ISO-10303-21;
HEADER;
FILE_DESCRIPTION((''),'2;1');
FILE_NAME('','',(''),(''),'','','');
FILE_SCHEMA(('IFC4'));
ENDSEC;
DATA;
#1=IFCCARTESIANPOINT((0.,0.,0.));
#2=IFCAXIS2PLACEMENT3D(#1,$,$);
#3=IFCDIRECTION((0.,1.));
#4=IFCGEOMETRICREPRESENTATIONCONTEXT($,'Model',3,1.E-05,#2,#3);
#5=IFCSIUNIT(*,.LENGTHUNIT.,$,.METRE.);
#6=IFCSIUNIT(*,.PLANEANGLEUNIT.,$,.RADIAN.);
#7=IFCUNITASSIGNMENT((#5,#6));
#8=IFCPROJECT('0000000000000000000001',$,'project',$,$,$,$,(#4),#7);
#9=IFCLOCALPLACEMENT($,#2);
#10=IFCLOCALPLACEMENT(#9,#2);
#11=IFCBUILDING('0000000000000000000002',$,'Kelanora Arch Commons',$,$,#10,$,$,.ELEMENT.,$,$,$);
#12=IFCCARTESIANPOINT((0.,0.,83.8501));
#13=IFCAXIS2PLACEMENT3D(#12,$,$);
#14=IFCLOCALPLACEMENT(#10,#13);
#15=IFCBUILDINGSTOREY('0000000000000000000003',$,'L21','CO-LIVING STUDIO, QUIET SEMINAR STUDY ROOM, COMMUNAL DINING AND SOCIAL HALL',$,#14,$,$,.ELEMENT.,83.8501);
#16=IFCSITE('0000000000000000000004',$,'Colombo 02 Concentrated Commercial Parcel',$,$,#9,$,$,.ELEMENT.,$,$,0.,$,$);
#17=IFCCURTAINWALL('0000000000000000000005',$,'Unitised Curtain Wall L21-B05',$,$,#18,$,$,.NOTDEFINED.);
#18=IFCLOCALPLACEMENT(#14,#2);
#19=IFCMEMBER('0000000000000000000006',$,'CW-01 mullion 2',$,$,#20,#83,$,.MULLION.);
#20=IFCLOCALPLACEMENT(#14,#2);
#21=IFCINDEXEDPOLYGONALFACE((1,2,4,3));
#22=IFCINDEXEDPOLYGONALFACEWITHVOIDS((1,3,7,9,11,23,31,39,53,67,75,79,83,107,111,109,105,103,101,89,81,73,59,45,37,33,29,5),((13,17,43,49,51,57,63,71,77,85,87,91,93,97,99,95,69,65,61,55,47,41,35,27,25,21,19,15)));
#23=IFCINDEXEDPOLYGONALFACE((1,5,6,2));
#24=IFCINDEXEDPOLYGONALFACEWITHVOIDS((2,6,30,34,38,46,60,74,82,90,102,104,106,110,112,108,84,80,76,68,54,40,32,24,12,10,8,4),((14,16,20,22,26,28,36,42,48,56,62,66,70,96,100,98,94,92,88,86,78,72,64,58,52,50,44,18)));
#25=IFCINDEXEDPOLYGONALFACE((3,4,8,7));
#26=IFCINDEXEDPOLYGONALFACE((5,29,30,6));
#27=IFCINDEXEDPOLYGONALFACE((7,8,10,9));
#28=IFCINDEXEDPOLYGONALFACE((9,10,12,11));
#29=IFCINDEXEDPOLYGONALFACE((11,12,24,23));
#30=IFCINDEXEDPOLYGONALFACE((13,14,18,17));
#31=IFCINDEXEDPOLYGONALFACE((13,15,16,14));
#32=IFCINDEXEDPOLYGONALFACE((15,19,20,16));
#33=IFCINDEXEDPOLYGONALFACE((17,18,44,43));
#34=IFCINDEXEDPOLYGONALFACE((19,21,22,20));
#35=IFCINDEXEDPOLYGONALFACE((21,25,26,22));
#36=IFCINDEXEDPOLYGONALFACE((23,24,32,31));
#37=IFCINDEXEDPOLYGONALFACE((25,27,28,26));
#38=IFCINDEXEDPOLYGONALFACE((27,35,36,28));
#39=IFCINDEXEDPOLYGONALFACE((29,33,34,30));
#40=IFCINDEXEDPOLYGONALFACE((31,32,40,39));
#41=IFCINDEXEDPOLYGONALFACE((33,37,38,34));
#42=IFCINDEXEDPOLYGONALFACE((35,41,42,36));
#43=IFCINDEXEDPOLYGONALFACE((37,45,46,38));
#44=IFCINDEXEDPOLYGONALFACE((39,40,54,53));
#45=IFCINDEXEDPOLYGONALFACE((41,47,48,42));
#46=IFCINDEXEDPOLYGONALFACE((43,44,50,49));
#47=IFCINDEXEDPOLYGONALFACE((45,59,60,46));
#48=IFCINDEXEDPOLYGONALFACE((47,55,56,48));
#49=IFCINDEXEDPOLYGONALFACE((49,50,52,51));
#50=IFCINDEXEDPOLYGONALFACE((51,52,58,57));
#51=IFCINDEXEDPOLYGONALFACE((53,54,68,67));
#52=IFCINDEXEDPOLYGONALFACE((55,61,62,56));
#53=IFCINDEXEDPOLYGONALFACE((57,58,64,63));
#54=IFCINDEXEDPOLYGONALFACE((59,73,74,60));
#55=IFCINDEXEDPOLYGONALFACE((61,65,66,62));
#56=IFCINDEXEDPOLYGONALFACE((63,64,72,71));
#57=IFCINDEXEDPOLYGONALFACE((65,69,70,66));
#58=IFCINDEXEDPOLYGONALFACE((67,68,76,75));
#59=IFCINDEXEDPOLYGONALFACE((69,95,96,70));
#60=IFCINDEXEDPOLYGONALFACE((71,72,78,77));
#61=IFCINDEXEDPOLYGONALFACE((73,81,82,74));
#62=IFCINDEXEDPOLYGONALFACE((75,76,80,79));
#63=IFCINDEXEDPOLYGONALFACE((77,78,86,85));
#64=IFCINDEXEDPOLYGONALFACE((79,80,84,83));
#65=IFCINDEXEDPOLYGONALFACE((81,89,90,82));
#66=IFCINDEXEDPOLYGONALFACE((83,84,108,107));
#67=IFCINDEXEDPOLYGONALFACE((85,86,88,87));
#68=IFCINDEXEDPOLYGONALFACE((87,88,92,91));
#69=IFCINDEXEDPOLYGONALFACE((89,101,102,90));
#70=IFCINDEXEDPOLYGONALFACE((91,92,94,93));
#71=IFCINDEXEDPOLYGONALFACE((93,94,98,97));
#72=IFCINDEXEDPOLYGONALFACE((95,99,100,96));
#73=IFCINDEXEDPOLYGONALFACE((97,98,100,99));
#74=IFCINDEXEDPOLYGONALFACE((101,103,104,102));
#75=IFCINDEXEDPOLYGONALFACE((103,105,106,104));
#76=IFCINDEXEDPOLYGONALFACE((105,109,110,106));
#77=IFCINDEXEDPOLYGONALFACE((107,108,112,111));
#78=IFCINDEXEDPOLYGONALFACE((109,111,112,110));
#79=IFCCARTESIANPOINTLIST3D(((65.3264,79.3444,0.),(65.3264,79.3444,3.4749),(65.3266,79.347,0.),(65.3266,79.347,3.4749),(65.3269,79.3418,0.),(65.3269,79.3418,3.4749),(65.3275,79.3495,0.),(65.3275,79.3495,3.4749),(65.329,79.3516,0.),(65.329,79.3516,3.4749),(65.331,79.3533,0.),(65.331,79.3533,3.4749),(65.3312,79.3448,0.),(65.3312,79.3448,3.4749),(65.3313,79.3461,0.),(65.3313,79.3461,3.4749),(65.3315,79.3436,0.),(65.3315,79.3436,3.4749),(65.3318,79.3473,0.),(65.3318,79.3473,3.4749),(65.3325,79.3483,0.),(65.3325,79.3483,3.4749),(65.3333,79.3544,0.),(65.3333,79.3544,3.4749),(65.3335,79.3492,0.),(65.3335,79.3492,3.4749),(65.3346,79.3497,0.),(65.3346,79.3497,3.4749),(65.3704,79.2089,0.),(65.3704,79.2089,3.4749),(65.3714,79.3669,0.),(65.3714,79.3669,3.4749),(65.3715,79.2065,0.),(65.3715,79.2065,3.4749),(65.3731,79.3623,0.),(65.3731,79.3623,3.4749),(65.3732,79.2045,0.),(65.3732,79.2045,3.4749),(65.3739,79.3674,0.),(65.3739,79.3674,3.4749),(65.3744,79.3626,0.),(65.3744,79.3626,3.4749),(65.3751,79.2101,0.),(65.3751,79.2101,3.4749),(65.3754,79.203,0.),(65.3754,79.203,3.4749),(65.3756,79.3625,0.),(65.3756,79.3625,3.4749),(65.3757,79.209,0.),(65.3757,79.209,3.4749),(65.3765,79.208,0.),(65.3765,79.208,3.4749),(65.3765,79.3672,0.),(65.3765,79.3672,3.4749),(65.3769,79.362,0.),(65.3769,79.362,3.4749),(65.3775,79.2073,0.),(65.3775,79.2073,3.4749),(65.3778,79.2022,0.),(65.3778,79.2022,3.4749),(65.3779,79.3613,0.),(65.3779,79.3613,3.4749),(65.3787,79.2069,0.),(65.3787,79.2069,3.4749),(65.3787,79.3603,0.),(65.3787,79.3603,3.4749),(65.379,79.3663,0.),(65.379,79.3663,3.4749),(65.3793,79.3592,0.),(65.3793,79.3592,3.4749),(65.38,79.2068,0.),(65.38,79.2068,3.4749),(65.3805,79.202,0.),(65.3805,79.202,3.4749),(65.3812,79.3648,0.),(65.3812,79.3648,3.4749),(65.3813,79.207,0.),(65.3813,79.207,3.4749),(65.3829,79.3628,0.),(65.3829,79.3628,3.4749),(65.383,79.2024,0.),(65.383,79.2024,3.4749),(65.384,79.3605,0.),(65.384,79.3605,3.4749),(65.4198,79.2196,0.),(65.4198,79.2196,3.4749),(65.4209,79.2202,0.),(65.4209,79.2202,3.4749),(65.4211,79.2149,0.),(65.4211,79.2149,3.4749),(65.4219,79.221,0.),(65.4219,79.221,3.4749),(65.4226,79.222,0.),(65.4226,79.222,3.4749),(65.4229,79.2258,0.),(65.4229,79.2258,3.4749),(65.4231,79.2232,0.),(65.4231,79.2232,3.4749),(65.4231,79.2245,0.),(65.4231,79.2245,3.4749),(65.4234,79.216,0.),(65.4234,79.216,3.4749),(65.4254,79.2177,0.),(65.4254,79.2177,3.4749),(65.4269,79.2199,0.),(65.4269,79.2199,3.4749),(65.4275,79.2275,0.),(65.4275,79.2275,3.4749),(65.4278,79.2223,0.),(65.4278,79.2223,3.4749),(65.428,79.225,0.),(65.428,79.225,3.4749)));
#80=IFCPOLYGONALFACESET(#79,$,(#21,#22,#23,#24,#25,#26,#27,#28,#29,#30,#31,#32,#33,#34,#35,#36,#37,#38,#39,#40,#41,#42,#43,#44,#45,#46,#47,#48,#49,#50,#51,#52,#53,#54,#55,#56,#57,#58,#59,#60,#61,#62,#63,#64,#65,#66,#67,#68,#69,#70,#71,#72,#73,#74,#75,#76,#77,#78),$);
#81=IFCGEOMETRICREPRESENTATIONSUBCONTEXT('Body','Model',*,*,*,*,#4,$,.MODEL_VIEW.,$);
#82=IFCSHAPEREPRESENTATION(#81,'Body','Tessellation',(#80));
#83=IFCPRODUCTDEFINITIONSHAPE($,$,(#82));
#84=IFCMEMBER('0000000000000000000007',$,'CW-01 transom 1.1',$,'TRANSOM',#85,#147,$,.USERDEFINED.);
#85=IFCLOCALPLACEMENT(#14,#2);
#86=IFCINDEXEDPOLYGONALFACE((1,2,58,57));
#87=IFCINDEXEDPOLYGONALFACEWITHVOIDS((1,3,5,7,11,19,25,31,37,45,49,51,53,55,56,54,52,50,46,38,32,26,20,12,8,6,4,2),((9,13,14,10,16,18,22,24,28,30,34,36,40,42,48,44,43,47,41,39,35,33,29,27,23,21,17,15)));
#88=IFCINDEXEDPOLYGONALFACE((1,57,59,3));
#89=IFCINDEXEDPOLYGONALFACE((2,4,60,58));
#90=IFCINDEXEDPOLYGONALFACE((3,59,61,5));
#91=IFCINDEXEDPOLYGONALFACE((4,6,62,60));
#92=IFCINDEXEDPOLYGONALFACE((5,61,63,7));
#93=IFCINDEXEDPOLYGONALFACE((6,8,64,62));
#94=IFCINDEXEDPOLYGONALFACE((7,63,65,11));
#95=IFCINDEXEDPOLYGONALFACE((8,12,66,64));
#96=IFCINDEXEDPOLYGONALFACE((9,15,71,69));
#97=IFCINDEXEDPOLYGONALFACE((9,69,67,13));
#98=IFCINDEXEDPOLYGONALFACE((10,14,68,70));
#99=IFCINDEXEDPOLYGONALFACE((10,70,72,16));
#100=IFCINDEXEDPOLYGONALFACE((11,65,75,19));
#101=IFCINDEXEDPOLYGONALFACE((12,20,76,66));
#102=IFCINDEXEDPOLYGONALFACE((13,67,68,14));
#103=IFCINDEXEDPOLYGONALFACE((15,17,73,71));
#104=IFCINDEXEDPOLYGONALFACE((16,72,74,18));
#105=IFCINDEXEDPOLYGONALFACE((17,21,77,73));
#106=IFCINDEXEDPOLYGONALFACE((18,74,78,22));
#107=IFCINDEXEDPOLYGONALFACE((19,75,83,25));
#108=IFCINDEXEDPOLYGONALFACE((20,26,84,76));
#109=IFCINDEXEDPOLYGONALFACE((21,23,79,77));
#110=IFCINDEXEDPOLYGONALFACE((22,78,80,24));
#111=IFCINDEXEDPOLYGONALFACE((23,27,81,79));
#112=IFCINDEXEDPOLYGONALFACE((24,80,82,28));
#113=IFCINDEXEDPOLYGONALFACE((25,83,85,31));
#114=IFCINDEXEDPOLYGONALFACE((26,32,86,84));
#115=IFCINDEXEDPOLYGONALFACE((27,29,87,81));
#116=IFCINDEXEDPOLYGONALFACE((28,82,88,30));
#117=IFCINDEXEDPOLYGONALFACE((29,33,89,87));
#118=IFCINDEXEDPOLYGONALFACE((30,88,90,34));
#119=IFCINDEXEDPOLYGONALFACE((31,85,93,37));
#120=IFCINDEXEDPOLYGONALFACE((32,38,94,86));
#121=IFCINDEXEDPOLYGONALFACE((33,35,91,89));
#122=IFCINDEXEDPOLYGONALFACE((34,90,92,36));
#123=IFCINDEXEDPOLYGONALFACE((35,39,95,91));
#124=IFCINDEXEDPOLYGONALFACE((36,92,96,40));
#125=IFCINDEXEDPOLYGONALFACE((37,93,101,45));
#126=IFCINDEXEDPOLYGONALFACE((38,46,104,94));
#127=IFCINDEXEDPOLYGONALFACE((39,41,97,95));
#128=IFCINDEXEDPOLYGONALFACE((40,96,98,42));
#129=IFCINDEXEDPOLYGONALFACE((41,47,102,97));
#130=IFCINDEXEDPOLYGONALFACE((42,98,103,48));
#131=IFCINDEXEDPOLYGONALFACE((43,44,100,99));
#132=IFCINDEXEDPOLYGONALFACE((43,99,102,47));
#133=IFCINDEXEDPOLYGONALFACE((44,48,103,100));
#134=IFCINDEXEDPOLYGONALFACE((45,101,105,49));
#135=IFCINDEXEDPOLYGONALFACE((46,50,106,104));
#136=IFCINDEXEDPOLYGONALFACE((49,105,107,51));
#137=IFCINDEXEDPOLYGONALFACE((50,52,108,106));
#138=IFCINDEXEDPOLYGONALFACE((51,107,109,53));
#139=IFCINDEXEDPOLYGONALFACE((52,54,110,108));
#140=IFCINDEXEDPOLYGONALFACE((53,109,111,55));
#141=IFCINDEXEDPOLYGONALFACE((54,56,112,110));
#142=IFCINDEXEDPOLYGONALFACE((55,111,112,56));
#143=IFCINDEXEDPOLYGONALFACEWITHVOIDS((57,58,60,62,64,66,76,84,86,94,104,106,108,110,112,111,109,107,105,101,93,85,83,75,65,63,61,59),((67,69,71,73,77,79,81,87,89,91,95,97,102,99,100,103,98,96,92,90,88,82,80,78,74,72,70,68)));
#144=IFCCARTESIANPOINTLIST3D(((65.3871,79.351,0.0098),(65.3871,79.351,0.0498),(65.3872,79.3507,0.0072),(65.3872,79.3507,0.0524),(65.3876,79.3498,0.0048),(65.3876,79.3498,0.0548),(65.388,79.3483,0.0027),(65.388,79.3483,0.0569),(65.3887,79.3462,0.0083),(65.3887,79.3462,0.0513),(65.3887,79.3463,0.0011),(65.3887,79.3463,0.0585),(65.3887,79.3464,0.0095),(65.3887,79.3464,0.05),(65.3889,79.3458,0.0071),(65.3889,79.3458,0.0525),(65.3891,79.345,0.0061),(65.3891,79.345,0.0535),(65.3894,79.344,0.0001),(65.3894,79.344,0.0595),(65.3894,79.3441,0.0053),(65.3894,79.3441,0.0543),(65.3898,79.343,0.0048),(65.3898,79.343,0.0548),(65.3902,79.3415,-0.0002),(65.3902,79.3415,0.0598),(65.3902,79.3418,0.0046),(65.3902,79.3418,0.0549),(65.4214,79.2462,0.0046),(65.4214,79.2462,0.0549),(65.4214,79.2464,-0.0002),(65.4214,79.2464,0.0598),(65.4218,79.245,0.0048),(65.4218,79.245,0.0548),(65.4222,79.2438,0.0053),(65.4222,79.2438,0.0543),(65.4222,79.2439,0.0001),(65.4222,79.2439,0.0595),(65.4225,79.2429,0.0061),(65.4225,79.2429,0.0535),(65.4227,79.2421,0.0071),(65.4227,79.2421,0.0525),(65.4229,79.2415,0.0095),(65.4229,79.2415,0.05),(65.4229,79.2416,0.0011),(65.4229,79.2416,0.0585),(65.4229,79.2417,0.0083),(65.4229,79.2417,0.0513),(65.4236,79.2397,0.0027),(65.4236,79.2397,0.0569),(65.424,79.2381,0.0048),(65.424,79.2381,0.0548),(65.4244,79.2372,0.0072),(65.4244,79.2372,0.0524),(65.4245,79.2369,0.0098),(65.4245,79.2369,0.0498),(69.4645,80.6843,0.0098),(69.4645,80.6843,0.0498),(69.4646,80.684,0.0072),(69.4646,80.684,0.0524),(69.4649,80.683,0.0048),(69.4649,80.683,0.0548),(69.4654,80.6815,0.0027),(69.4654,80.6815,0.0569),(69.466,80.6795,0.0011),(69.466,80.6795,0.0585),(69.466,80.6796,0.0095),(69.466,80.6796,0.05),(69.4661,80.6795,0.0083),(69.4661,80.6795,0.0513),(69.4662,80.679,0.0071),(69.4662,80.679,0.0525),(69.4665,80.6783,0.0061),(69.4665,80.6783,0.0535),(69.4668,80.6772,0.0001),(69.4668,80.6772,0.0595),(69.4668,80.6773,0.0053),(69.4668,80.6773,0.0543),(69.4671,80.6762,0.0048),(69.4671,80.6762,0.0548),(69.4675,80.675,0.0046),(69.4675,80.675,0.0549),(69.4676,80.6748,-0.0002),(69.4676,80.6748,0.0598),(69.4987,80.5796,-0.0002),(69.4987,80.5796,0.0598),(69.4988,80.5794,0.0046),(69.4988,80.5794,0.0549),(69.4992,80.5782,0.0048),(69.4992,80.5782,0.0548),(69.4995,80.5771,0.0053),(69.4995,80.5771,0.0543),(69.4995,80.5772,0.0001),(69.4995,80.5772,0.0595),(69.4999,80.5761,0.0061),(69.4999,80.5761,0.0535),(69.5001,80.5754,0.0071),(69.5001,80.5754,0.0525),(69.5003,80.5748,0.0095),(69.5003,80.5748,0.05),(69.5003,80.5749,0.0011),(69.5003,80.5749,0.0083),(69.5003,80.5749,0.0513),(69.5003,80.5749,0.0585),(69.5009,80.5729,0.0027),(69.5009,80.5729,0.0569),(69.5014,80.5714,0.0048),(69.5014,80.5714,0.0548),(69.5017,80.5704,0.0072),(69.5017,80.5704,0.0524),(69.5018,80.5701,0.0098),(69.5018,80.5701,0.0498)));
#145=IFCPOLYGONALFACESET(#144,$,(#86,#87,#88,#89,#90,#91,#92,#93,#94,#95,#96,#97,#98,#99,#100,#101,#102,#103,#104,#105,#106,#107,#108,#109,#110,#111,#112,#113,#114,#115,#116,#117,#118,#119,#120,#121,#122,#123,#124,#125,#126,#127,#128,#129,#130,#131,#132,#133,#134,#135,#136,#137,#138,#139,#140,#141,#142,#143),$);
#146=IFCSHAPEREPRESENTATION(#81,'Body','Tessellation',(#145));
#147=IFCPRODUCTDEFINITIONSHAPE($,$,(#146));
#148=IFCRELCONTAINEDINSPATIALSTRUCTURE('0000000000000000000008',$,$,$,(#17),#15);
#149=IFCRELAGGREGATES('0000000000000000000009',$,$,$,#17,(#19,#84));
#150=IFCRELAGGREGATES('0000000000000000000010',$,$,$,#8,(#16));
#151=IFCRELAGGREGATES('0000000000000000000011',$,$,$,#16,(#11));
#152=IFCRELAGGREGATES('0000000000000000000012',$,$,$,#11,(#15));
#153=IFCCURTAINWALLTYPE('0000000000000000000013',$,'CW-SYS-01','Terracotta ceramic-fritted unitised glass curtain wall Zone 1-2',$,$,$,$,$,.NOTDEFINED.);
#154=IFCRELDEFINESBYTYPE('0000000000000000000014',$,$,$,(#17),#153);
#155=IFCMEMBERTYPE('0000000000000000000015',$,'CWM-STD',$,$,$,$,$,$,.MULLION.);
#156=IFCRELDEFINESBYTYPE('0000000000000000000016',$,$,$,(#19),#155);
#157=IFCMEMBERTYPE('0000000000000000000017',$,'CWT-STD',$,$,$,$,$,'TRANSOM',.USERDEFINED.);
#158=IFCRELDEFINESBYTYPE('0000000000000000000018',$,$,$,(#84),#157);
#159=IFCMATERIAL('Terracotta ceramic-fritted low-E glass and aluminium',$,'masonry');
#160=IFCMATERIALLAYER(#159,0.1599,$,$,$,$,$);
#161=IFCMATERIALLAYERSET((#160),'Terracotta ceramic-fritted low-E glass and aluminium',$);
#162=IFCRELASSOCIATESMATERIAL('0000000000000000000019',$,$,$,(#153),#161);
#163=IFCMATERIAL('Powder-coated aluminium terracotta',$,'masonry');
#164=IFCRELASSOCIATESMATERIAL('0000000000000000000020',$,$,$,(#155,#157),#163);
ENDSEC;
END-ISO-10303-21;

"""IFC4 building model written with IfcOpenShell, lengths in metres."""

from ifc_helpers import new_model, si_unit, direction, frame, origin, origin_2d, place, context, subcontext, project, spatial, hollow_rectangle, extrude, material, layer, layer_set, material_profile, profile_set, type_object, element, aggregate, save


model = new_model("IFC4")

# Units and contexts
model_context = context("Model", 3, precision=1e-05, world=origin(), true_north=direction((0.0, 1.0)))
body_context = subcontext(model_context, "Body", "Model", "MODEL_VIEW")
ifc_project = project(units=[si_unit("LENGTHUNIT", "METRE"), si_unit("PLANEANGLEUNIT", "RADIAN")], contexts=[model_context])

# Site, building, storey
site_placement = place(None, origin())
site = spatial("IfcSite", under=ifc_project, at=site_placement, Name="Colombo 02 Concentrated Commercial Parcel", CompositionType="ELEMENT", RefElevation=0.0)
building_placement = place(site_placement, origin())
building = spatial("IfcBuilding", under=site, at=building_placement, Name="Kelanora Arch Commons", CompositionType="ELEMENT")
storey_placement = place(building_placement, frame((0.0, 0.0, 83.8501)))
storey = spatial("IfcBuildingStorey", under=building, at=storey_placement, Name="L21", Description="CO-LIVING STUDIO, QUIET SEMINAR STUDY ROOM, COMMUNAL DINING AND SOCIAL HALL", CompositionType="ELEMENT", Elevation=83.8501)

# Curtain wall, members
ifc_material_1 = material(Name="Terracotta ceramic-fritted low-E glass and aluminium", Category="masonry")
ifc_layer_1 = layer(ifc_material_1, 0.1599)
ifc_layer_set_1 = layer_set([ifc_layer_1], Name="Terracotta ceramic-fritted low-E glass and aluminium")
curtain_wall_type = type_object("IfcCurtainWallType", Name="CW-SYS-01", Description="Terracotta ceramic-fritted unitised glass curtain wall Zone 1-2", PredefinedType="NOTDEFINED", material=ifc_layer_set_1)
curtain_wall_placement = place(storey_placement, origin())
curtain_wall = element("IfcCurtainWall", 1, at=curtain_wall_placement, inside=storey, type_object=curtain_wall_type, Name="Unitised Curtain Wall L21-B05", PredefinedType="NOTDEFINED")
ifc_material_2 = material(Name="Powder-coated aluminium terracotta", Category="masonry")
ifc_material_profile_1 = material_profile(ifc_material_2, hollow_rectangle(XDim=0.1599, YDim=0.0601, WallThickness=0.0049, InnerFilletRadius=0.0049, OuterFilletRadius=0.01, at=origin_2d()), Name="CWM160x60")
ifc_profile_set_1 = profile_set([ifc_material_profile_1], Name="Powder-coated aluminium terracotta")
member_type_1 = type_object("IfcMemberType", Name="CWM-STD", PredefinedType="MULLION", material=ifc_profile_set_1)
member_1_placement = place(storey_placement, frame((65.3772, 79.2847, 0.0), z_axis=(0.0, 0.0, 1.0), x_axis=(0.310805, -0.950474, 0.0)))
member_1 = element("IfcMember", 2, at=member_1_placement, type_object=member_type_1, Name="CW-01 mullion 2", PredefinedType="MULLION", context=body_context, shape_type="SweptSolid", body=[
    extrude(hollow_rectangle(XDim=0.1599, YDim=0.0601, WallThickness=0.0049, InnerFilletRadius=0.0049, OuterFilletRadius=0.01, at=origin_2d()), origin(), (0.0, 0.0, 1.0), 3.4749),
])
ifc_material_profile_2 = material_profile(ifc_material_2, hollow_rectangle(XDim=0.1201, YDim=0.0601, WallThickness=0.0049, InnerFilletRadius=0.0049, OuterFilletRadius=0.01, at=origin_2d()), Name="CWT120x60")
ifc_profile_set_2 = profile_set([ifc_material_profile_2], Name="Powder-coated aluminium terracotta")
member_type_2 = type_object("IfcMemberType", Name="CWT-STD", ElementType="TRANSOM", PredefinedType="USERDEFINED", material=ifc_profile_set_2)
member_2_placement = place(storey_placement, frame((69.4832, 80.6272, 0.0298), z_axis=(-0.950478, -0.310793, 0.0), x_axis=(0.310793, -0.950478, 0.0)))
member_2 = element("IfcMember", 3, at=member_2_placement, type_object=member_type_2, Name="CW-01 transom 1.1", ObjectType="TRANSOM", PredefinedType="USERDEFINED", context=body_context, shape_type="SweptSolid", body=[
    extrude(hollow_rectangle(XDim=0.1201, YDim=0.0601, WallThickness=0.0049, InnerFilletRadius=0.0049, OuterFilletRadius=0.01, at=origin_2d()), origin(), (0.0, 0.0, 1.0), 4.2898),
])
aggregate(curtain_wall, [member_1, member_2])

save(model, "model.ifc")
